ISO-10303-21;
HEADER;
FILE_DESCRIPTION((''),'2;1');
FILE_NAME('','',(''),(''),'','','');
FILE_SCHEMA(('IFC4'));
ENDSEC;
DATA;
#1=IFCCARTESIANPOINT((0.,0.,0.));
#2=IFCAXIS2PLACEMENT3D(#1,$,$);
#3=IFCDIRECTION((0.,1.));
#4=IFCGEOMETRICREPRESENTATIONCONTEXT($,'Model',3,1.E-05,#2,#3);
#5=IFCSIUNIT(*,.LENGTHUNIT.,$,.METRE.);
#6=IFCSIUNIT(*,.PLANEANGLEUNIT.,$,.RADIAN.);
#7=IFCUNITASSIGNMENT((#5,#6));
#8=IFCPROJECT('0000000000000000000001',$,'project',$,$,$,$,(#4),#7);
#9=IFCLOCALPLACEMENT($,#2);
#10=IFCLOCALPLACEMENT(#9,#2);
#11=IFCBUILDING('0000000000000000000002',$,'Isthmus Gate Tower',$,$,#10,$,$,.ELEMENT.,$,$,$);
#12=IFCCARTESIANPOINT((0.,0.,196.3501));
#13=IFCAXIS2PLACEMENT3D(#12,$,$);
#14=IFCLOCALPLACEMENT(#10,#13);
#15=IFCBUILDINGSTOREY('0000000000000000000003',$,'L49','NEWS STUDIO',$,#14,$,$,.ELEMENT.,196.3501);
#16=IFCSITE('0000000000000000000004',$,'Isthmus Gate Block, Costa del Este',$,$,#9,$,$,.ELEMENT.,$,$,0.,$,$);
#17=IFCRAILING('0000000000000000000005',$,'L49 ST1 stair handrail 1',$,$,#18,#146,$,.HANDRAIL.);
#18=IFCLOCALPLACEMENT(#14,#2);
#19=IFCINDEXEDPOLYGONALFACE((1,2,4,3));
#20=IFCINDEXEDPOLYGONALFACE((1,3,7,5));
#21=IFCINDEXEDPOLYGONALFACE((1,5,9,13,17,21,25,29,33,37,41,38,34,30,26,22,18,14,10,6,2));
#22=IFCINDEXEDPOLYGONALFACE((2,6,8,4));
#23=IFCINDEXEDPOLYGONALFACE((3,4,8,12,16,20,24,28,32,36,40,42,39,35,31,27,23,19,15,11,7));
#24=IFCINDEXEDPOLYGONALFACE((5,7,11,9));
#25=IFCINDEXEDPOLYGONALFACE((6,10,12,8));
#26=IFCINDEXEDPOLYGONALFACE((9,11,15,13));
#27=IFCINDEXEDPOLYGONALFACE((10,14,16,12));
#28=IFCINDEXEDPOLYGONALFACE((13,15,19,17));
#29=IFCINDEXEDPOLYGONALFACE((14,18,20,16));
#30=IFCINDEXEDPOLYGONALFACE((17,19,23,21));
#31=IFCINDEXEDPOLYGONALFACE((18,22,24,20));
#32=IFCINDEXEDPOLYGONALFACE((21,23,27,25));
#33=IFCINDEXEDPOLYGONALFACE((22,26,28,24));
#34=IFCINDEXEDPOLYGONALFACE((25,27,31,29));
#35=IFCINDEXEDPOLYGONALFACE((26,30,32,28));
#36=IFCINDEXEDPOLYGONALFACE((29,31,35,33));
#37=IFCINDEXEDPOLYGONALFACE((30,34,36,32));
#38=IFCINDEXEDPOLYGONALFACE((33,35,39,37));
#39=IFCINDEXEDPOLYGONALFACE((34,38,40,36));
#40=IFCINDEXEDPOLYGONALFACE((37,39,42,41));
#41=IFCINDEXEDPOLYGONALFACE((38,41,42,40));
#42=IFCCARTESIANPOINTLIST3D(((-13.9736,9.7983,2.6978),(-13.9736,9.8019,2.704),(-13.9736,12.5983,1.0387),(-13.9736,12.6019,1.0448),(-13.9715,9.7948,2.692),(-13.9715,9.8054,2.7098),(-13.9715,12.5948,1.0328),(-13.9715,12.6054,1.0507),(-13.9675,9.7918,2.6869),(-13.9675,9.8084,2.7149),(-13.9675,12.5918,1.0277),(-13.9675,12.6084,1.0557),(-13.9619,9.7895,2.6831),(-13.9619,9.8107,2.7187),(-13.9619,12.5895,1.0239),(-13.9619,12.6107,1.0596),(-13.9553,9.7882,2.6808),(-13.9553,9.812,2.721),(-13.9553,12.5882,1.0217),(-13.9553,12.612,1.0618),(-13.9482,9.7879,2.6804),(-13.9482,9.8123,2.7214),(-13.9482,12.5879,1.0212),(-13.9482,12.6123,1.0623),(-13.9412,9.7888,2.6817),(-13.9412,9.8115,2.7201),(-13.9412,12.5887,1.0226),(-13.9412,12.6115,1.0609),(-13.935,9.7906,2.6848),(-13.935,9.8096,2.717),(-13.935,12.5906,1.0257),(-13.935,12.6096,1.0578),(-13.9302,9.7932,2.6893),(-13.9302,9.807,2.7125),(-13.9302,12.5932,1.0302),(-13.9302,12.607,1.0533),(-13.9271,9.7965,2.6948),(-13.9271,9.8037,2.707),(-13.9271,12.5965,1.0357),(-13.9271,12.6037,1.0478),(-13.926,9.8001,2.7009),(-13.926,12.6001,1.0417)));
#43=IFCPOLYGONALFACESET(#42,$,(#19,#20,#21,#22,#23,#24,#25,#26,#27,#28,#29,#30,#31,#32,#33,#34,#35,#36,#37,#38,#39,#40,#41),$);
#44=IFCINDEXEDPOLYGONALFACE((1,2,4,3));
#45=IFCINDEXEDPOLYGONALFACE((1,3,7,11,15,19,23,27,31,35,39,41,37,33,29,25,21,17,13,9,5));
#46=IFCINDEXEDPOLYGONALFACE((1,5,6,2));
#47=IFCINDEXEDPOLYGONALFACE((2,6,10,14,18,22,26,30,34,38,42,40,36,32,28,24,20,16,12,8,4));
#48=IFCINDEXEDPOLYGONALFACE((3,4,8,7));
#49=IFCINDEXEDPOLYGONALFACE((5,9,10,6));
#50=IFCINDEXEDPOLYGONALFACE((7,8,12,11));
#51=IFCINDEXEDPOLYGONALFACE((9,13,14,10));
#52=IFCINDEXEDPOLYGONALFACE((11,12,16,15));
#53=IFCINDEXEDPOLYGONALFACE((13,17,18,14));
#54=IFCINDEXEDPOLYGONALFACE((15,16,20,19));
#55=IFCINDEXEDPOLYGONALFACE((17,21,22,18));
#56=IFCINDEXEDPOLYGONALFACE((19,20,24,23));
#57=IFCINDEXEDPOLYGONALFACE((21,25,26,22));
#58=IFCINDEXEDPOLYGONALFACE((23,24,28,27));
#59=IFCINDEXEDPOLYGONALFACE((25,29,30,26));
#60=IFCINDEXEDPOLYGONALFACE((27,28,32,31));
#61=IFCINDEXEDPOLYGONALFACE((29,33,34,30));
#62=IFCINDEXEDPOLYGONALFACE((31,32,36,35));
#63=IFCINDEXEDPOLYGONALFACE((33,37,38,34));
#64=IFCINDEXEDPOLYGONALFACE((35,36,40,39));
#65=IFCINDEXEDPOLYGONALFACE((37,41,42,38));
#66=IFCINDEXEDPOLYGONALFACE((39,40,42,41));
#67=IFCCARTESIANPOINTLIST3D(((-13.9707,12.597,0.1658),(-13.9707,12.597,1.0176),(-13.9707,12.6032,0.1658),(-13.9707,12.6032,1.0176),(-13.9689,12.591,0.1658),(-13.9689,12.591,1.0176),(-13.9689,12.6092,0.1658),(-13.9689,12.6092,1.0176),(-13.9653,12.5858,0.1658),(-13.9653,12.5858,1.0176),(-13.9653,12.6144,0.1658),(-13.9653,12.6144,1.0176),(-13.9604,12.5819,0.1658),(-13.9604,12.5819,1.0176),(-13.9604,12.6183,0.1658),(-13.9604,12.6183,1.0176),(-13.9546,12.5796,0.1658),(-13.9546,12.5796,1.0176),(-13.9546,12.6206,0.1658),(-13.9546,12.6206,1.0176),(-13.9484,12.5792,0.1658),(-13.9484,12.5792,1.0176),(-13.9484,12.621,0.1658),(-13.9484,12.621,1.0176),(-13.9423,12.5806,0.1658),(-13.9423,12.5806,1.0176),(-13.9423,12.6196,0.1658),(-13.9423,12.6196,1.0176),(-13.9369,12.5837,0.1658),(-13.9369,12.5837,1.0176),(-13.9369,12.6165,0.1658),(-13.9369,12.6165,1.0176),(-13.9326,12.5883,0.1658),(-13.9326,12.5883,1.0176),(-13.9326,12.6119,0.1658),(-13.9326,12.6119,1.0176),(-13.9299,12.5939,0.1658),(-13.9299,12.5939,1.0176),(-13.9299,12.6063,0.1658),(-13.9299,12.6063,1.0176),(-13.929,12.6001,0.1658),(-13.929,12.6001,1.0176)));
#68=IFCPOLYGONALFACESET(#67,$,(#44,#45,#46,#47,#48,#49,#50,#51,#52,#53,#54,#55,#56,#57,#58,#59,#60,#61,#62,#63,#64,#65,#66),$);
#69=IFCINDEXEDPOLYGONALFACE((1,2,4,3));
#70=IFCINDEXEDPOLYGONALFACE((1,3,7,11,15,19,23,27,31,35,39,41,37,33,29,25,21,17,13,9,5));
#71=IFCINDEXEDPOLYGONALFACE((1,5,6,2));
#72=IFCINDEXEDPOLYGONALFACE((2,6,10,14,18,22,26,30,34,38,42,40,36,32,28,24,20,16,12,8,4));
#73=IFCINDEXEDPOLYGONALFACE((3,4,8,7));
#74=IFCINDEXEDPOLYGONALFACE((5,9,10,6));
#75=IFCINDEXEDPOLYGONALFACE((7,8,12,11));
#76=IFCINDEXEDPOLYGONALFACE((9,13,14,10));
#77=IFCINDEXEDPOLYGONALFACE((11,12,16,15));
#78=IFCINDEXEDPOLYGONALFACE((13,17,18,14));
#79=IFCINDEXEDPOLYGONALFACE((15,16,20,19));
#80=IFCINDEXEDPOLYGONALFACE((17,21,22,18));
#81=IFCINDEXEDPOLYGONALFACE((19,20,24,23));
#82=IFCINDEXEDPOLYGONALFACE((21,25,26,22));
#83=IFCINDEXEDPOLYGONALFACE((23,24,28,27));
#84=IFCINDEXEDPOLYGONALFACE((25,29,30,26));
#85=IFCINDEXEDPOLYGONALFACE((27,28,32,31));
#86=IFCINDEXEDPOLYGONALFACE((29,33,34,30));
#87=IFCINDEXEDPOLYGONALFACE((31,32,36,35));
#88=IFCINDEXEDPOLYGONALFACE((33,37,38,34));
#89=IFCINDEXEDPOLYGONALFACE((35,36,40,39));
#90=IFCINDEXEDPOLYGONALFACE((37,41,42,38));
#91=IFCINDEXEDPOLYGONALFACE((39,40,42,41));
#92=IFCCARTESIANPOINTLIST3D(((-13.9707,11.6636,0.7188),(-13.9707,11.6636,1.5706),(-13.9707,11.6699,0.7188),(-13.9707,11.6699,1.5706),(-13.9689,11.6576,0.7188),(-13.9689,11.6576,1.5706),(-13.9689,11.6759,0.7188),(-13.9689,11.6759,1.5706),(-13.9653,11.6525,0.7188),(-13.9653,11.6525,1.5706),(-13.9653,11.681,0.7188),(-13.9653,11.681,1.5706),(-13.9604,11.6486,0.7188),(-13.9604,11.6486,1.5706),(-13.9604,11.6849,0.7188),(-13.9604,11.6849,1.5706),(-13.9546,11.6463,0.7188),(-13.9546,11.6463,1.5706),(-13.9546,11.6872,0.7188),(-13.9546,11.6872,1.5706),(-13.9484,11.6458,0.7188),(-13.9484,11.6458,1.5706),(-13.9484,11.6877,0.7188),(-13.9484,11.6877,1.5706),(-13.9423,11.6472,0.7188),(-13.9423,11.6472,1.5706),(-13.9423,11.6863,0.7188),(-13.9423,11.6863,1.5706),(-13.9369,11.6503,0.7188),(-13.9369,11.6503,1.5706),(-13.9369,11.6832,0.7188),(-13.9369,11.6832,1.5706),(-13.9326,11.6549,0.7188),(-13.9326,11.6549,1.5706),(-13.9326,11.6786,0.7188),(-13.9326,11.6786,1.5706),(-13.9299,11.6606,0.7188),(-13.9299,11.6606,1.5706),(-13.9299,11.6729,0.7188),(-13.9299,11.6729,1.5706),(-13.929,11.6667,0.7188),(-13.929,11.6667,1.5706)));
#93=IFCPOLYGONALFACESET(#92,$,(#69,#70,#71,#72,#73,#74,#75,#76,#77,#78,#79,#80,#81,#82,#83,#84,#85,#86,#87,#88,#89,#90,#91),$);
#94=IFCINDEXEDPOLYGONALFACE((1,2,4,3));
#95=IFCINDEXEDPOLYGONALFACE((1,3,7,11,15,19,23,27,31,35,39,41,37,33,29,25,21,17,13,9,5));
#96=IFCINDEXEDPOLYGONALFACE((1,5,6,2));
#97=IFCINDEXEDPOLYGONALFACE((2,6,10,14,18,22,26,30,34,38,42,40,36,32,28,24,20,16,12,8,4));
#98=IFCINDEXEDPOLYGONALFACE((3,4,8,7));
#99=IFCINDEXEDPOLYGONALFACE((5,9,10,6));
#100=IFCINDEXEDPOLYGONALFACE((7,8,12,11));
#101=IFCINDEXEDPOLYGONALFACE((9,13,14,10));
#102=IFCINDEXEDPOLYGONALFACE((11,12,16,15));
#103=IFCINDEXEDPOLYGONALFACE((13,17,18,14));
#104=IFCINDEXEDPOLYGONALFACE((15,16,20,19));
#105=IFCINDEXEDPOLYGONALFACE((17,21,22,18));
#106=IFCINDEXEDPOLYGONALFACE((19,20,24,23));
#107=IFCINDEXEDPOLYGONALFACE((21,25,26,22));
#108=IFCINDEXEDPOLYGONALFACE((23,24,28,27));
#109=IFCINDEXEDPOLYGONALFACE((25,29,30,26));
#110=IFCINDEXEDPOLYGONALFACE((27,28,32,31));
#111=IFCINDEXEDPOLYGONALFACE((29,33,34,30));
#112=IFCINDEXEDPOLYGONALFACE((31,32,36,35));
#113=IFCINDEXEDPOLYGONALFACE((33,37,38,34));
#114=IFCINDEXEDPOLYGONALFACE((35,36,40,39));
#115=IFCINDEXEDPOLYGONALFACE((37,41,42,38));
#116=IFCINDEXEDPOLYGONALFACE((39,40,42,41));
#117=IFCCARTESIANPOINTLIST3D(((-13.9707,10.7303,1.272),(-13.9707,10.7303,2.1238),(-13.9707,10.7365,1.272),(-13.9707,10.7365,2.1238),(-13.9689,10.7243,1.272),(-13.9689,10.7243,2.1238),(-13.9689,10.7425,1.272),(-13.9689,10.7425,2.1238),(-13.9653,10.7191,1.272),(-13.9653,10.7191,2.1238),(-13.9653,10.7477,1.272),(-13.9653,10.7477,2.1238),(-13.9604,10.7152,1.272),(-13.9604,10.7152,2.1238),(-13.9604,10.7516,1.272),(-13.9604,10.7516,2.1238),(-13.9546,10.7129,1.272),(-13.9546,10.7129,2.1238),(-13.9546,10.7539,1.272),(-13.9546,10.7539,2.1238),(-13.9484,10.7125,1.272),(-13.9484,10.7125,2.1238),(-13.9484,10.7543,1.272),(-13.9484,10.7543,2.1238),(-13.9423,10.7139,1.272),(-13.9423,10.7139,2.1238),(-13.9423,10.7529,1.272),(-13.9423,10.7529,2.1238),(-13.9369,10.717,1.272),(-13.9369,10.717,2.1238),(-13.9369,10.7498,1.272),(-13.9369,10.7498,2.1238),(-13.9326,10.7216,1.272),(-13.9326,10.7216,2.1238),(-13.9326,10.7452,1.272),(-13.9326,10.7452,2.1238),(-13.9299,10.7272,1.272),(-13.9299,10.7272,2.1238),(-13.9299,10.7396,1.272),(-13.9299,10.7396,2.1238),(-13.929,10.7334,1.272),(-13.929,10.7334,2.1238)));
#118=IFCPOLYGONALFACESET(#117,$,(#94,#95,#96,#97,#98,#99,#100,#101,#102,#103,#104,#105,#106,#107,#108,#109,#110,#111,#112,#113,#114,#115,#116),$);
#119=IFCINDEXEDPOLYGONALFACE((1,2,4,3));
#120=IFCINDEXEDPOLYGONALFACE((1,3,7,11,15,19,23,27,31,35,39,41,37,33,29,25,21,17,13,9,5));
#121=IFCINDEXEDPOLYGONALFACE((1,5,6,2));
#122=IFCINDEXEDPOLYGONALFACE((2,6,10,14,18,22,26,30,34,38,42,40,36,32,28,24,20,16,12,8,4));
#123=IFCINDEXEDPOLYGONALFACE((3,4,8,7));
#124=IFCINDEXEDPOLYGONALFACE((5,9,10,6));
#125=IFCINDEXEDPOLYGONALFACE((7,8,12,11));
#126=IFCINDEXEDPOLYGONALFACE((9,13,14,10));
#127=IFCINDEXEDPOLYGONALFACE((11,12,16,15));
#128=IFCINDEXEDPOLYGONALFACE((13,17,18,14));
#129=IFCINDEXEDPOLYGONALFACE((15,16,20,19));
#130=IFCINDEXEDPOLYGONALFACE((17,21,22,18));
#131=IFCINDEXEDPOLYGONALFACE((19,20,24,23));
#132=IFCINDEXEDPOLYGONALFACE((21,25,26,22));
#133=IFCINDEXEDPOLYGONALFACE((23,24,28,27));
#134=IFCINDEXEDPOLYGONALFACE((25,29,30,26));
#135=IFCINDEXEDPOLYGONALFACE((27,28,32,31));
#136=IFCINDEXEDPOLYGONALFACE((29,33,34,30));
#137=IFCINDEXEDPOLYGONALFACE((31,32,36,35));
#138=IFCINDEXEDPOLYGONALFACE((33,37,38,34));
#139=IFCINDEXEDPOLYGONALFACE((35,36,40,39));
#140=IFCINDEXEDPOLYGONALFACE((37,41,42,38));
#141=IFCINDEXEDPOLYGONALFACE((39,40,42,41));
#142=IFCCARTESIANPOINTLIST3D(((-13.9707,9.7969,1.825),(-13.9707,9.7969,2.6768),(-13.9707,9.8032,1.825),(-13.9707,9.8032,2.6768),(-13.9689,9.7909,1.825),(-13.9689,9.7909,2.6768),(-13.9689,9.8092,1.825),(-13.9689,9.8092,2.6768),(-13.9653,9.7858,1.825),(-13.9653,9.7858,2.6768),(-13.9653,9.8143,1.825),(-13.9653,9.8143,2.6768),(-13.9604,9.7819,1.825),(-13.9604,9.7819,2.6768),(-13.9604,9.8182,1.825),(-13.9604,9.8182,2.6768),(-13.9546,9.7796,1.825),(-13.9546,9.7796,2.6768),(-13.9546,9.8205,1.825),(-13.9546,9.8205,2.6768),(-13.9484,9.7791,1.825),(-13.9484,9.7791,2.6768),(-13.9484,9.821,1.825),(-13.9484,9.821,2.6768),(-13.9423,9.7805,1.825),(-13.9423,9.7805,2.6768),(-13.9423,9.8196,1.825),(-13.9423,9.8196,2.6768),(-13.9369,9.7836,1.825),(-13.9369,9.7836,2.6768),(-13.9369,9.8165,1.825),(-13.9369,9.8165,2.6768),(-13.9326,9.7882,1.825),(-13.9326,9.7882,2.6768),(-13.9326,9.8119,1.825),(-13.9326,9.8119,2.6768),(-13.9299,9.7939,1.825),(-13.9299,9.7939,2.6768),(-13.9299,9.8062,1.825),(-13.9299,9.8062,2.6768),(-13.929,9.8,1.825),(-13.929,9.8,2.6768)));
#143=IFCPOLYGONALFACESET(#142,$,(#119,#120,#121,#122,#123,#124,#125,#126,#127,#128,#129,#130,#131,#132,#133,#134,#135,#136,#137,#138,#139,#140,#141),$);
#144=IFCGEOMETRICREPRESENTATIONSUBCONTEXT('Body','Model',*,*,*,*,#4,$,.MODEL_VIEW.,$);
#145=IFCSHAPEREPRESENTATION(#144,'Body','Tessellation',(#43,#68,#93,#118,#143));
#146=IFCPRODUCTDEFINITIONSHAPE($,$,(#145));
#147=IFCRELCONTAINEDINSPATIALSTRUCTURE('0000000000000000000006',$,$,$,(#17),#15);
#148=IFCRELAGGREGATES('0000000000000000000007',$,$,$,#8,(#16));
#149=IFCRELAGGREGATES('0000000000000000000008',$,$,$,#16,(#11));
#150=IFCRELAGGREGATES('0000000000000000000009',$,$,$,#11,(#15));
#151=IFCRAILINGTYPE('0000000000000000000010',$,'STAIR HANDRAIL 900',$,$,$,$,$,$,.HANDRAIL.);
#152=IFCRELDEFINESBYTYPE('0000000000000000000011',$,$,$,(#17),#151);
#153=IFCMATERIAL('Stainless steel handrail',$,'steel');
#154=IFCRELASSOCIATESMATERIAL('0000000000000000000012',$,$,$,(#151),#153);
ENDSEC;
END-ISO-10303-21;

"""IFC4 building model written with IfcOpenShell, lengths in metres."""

from ifc_helpers import new_model, si_unit, direction, frame, origin, origin_2d, place, context, subcontext, project, spatial, circle, extrude, material, type_object, element, save


model = new_model("IFC4")

# Units and contexts
model_context = context("Model", 3, precision=1e-05, world=origin(), true_north=direction((0.0, 1.0)))
body_context = subcontext(model_context, "Body", "Model", "MODEL_VIEW")
ifc_project = project(units=[si_unit("LENGTHUNIT", "METRE"), si_unit("PLANEANGLEUNIT", "RADIAN")], contexts=[model_context])

# Site, building, storey
site_placement = place(None, origin())
site = spatial("IfcSite", under=ifc_project, at=site_placement, Name="Isthmus Gate Block, Costa del Este", CompositionType="ELEMENT", RefElevation=0.0)
building_placement = place(site_placement, origin())
building = spatial("IfcBuilding", under=site, at=building_placement, Name="Isthmus Gate Tower", CompositionType="ELEMENT")
storey_placement = place(building_placement, frame((0.0, 0.0, 196.3501)))
storey = spatial("IfcBuildingStorey", under=building, at=storey_placement, Name="L49", Description="NEWS STUDIO", CompositionType="ELEMENT", Elevation=196.3501)

# Railing
ifc_material_1 = material(Name="Stainless steel handrail", Category="steel")
railing_type = type_object("IfcRailingType", Name="STAIR HANDRAIL 900", PredefinedType="HANDRAIL", material=ifc_material_1)
for number, where, name in (
    (1, (-13.95, 12.6001, 0.1658), "L49 ST1 stair handrail 1"),
):
    element("IfcRailing", number, at=place(storey_placement, frame(where)), inside=storey, type_object=railing_type, Name=name, PredefinedType="HANDRAIL", context=body_context, shape_type="SweptSolid", body=[
        extrude(circle(Radius=0.0239, at=origin_2d()), frame((0.0, 0.0, 0.876), z_axis=(0.0, -0.860306, 0.509778), x_axis=(1.0, 0.0, 0.0)), (0.0, 0.0, 1.0), 3.2546),
        extrude(circle(Radius=0.021, at=origin_2d()), origin(), (0.0, 0.0, 1.0), 0.8518),
        extrude(circle(Radius=0.021, at=origin_2d()), frame((0.0, -0.9333, 0.553)), (0.0, 0.0, 1.0), 0.8518),
        extrude(circle(Radius=0.021, at=origin_2d()), frame((0.0, -1.8667, 1.1062)), (0.0, 0.0, 1.0), 0.8518),
        extrude(circle(Radius=0.021, at=origin_2d()), frame((0.0, -2.8, 1.6592)), (0.0, 0.0, 1.0), 0.8518),
    ])

save(model, "model.ifc")
